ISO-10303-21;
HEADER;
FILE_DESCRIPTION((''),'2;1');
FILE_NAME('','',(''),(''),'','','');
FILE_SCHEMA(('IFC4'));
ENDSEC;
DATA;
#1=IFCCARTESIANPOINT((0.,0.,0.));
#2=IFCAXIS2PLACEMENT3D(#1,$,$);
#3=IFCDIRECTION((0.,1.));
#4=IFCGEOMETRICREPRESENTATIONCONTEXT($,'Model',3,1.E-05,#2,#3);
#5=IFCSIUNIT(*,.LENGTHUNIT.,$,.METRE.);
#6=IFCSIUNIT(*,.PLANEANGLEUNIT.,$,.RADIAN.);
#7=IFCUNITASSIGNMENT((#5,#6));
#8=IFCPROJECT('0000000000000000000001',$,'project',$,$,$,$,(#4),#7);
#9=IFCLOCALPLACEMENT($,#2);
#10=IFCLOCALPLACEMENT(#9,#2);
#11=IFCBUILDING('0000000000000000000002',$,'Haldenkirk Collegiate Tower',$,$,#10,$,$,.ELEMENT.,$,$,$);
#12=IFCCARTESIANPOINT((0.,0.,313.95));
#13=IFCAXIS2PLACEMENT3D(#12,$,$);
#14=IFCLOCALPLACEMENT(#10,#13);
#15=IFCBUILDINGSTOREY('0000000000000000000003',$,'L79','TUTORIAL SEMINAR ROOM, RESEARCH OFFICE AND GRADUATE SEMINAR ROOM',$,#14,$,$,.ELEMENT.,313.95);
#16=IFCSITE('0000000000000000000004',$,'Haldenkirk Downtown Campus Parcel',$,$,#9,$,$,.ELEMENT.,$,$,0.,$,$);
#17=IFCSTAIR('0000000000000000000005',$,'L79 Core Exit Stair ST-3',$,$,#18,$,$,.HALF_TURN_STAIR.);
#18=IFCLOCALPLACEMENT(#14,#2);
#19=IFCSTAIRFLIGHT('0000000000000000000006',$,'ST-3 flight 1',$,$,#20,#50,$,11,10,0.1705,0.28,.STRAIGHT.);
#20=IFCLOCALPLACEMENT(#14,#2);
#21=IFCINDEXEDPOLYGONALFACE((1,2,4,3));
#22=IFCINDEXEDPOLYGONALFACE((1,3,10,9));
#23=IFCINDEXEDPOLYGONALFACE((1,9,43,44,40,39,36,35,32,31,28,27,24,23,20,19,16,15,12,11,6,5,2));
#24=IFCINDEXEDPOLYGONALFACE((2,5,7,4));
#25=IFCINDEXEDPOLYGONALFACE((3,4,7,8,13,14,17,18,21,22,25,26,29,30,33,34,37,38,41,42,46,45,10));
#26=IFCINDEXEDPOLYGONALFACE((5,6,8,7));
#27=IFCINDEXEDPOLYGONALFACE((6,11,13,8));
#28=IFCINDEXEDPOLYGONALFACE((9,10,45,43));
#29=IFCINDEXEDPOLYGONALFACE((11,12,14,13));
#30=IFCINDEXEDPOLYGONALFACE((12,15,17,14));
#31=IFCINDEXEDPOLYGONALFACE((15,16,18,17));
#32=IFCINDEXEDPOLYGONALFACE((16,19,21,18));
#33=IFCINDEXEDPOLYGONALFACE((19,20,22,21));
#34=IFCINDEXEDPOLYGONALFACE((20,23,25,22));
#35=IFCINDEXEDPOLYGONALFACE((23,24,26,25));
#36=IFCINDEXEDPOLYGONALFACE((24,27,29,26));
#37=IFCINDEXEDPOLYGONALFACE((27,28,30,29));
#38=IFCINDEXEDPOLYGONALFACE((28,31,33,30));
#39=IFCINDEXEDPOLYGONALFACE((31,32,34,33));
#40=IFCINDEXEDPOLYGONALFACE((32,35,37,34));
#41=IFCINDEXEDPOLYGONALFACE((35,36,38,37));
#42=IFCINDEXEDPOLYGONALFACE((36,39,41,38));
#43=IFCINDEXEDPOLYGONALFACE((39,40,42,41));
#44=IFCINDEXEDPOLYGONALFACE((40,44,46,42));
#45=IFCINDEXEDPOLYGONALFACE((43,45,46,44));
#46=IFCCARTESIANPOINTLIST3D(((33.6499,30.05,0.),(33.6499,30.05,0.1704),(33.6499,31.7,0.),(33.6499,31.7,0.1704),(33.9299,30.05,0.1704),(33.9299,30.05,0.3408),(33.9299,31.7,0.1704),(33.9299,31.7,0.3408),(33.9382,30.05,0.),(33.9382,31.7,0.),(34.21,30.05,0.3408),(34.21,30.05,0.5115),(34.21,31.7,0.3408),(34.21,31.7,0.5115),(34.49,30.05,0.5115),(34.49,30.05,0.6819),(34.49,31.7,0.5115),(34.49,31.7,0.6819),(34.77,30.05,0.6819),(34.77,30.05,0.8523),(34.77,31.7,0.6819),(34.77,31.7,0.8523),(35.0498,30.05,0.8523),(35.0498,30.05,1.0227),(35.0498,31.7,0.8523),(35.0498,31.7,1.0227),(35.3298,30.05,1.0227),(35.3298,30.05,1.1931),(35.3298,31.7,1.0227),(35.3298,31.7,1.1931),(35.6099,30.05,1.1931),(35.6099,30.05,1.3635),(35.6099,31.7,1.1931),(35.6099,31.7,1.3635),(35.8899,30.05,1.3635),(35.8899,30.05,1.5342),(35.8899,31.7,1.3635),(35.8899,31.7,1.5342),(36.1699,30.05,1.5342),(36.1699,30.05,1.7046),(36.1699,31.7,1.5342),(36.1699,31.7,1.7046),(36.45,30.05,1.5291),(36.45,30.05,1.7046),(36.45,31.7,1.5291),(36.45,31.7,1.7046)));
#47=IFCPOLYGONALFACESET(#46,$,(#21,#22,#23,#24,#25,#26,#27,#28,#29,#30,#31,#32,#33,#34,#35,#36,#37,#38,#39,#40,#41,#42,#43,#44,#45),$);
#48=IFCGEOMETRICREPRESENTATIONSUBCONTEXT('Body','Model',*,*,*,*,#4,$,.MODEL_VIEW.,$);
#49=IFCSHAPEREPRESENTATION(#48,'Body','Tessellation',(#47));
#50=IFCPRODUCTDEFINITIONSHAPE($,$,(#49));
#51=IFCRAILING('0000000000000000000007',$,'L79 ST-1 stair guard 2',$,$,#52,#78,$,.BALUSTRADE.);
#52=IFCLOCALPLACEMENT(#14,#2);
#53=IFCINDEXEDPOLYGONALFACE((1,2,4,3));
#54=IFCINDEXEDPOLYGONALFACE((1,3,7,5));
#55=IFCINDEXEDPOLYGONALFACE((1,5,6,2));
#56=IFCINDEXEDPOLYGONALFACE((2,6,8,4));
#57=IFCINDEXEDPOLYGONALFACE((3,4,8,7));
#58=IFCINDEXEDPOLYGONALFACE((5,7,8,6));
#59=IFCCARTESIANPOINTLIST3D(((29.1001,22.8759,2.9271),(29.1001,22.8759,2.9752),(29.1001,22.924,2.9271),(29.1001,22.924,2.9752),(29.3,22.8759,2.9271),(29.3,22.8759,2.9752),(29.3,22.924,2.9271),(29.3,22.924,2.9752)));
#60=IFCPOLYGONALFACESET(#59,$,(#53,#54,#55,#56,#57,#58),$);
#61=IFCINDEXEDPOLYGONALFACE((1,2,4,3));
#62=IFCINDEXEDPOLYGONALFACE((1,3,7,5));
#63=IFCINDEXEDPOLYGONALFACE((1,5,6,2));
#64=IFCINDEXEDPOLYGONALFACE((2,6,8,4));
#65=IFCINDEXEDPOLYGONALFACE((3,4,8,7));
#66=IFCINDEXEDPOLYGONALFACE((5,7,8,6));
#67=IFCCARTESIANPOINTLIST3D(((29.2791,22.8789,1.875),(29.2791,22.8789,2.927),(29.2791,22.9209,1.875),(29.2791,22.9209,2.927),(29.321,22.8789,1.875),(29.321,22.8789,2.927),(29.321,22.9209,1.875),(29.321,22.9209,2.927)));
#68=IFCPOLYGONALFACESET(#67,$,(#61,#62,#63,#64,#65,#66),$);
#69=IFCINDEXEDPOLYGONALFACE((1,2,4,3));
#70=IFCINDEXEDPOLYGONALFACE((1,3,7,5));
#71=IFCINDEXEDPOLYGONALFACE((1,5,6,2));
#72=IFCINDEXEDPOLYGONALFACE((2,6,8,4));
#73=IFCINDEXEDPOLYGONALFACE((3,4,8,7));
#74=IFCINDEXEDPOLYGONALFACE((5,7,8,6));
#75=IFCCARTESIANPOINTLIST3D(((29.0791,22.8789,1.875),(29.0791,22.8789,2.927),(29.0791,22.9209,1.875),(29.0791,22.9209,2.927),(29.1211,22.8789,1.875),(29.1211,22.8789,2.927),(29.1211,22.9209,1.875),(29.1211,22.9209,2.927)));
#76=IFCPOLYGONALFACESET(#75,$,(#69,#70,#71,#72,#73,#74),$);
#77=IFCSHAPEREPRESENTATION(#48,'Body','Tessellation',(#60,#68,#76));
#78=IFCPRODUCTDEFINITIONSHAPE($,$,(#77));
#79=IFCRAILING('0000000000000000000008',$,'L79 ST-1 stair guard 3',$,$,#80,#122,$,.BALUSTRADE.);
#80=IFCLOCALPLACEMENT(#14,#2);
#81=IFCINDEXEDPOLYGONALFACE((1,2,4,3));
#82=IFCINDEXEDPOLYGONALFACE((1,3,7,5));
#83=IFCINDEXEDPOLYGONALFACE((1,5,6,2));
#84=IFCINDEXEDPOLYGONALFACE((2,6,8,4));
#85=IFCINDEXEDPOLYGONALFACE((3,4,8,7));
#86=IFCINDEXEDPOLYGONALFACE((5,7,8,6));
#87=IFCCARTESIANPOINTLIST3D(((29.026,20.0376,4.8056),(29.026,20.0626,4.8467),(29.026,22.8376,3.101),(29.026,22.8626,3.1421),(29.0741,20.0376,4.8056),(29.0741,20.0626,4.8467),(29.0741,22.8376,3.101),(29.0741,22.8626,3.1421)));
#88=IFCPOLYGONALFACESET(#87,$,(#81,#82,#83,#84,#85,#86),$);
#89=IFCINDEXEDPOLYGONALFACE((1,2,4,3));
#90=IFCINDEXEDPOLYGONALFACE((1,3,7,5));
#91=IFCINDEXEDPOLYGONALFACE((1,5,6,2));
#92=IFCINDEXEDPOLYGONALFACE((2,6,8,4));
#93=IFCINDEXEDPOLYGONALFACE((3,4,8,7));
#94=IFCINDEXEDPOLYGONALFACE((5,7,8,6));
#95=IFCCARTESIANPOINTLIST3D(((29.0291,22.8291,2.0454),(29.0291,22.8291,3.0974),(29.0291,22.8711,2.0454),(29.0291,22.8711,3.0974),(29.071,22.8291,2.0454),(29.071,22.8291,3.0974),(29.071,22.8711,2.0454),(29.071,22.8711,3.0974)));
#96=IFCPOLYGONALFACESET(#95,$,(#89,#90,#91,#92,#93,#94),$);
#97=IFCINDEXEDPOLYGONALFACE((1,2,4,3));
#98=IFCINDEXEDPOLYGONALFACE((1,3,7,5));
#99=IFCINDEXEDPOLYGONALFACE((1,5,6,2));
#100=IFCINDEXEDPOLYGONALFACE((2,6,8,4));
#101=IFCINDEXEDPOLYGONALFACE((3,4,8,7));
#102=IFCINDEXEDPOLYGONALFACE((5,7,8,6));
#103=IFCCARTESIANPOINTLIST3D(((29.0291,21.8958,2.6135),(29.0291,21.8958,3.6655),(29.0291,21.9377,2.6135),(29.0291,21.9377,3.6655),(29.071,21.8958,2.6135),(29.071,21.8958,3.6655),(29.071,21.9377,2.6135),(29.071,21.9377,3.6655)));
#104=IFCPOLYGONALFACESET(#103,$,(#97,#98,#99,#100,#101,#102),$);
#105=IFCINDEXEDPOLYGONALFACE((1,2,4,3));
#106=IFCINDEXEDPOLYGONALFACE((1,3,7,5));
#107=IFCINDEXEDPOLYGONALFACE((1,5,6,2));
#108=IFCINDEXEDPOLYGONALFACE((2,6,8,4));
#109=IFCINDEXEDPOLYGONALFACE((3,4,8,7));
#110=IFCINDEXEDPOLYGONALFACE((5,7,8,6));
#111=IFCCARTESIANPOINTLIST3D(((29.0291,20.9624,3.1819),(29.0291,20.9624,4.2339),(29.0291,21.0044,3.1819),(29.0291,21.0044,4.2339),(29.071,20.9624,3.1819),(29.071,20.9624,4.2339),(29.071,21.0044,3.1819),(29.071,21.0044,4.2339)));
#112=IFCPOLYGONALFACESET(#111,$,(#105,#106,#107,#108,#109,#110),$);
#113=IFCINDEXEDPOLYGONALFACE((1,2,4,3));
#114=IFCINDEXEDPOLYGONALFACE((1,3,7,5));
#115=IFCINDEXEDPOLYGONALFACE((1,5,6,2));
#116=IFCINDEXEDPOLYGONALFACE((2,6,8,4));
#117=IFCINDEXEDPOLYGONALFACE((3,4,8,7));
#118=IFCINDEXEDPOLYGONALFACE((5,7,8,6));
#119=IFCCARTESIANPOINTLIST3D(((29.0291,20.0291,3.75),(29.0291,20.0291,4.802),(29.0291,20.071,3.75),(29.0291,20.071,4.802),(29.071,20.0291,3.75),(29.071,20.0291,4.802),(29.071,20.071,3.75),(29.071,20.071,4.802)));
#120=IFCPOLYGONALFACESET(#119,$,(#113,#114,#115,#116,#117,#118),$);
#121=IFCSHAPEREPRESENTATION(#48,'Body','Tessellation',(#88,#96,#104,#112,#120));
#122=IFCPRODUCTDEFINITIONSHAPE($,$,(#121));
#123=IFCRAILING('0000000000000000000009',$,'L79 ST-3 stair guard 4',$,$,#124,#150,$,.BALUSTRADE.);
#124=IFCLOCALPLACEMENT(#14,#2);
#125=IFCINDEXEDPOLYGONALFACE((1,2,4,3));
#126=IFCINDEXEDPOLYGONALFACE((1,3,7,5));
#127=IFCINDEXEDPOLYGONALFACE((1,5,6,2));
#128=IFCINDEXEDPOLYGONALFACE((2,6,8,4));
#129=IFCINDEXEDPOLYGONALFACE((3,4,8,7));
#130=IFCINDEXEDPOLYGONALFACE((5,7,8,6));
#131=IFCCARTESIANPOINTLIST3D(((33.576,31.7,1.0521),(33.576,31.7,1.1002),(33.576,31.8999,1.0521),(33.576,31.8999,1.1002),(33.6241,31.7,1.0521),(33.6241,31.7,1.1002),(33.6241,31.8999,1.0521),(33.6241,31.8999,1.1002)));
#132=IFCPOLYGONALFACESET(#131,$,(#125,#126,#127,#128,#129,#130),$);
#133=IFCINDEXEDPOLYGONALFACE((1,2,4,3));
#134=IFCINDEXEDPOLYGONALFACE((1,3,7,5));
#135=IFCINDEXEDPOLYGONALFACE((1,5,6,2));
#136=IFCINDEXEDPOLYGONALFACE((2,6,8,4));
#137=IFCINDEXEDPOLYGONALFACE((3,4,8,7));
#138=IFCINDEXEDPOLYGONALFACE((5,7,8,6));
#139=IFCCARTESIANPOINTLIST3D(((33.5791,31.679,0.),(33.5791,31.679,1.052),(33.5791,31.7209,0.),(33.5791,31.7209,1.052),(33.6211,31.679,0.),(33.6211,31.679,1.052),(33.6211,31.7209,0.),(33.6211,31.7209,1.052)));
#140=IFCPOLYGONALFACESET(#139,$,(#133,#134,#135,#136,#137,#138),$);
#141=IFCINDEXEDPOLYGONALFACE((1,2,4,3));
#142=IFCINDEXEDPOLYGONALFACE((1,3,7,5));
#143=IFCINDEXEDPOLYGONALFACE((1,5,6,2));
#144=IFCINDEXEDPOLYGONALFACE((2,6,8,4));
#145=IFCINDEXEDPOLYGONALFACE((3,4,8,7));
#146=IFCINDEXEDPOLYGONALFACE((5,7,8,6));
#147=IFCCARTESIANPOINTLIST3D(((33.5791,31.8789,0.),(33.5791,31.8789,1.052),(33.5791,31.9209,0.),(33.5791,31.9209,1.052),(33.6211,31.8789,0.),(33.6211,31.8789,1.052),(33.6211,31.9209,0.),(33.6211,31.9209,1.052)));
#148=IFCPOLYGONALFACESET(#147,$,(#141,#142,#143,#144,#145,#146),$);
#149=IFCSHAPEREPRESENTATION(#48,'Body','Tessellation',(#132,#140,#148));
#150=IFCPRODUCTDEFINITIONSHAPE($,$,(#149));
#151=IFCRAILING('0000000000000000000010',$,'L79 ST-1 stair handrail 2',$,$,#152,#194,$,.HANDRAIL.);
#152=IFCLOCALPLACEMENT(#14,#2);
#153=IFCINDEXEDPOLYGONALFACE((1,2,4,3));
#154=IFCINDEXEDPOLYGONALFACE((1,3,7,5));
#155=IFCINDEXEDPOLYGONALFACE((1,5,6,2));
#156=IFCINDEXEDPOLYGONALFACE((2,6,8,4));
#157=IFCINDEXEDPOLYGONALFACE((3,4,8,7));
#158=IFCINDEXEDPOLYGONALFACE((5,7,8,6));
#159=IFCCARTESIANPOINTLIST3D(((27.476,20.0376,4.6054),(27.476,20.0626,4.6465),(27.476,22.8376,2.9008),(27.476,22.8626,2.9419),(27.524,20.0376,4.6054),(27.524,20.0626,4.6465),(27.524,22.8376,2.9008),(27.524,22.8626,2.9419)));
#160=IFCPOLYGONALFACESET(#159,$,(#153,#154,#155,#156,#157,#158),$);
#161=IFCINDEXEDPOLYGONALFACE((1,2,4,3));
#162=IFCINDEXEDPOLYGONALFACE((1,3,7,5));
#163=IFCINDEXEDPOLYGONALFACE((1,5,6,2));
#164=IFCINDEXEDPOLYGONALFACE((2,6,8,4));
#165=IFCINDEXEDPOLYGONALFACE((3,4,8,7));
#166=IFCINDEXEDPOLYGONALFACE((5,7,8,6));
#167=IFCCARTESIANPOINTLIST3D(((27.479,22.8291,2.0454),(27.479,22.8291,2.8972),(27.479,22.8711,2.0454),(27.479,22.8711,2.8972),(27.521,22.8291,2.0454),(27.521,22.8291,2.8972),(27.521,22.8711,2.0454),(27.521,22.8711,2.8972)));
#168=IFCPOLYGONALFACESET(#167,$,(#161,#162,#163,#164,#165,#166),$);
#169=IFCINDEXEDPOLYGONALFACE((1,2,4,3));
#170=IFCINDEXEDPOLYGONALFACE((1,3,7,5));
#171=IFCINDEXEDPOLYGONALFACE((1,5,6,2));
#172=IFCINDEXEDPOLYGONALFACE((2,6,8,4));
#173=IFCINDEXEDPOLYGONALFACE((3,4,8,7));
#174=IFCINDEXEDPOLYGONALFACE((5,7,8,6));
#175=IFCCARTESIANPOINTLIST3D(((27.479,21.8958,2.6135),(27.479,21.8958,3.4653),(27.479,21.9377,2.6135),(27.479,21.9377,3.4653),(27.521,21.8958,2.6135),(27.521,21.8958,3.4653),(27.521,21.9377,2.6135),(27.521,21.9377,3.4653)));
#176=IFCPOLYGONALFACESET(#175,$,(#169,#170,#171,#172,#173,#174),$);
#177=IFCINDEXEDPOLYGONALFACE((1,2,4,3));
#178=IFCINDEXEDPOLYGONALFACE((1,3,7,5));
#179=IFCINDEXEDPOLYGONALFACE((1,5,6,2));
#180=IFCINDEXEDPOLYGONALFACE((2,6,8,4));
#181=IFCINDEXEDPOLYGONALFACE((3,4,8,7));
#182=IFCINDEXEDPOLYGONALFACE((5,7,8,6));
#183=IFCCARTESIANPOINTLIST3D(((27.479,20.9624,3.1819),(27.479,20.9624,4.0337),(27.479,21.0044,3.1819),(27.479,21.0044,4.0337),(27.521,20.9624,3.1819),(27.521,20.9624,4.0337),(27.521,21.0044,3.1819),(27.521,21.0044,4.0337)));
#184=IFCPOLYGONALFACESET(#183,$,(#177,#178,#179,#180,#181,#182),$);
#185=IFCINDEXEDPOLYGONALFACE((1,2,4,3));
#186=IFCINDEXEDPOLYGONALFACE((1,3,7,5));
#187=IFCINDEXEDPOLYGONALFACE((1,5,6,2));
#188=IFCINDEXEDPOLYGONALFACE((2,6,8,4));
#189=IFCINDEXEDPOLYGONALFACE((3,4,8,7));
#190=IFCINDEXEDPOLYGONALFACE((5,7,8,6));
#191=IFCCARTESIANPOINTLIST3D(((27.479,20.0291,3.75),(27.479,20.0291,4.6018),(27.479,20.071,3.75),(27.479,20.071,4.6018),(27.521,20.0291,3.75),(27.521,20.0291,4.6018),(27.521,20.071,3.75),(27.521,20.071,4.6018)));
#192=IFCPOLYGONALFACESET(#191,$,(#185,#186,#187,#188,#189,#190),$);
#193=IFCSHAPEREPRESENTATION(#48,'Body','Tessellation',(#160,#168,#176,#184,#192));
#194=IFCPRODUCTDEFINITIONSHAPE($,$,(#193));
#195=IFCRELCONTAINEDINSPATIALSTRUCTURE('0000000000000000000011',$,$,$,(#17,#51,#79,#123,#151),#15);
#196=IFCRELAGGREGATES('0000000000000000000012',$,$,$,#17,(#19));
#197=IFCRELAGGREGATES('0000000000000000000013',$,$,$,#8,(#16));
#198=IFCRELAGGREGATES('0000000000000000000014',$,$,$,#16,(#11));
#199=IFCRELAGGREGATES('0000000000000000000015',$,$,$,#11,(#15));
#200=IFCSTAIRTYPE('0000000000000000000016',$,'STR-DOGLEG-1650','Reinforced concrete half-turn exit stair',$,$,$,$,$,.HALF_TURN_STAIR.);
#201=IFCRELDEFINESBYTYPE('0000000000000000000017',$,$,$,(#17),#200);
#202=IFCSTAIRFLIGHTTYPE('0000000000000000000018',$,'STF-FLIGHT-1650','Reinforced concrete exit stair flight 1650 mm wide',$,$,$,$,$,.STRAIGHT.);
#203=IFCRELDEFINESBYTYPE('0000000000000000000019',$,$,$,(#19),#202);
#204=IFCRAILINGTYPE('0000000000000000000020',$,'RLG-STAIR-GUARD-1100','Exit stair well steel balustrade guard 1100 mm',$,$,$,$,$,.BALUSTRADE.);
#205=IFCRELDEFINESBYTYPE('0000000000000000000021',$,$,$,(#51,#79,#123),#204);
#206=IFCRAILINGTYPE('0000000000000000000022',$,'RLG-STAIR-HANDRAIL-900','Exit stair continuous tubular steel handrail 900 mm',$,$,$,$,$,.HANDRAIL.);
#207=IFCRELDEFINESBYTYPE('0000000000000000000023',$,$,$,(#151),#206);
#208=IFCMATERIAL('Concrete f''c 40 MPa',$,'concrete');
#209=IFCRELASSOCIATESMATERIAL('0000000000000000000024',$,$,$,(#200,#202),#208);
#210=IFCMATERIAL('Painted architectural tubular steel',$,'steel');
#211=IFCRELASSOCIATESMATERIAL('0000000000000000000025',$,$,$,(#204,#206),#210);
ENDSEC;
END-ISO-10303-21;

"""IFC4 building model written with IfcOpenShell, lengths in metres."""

from ifc_helpers import new_model, si_unit, direction, frame, origin, origin_2d, place, context, subcontext, project, spatial, polyline, rectangle, outline, extrude, material, type_object, element, aggregate, save


model = new_model("IFC4")

# Units and contexts
model_context = context("Model", 3, precision=1e-05, world=origin(), true_north=direction((0.0, 1.0)))
body_context = subcontext(model_context, "Body", "Model", "MODEL_VIEW")
ifc_project = project(units=[si_unit("LENGTHUNIT", "METRE"), si_unit("PLANEANGLEUNIT", "RADIAN")], contexts=[model_context])

# Site, building, storey
site_placement = place(None, origin())
site = spatial("IfcSite", under=ifc_project, at=site_placement, Name="Haldenkirk Downtown Campus Parcel", CompositionType="ELEMENT", RefElevation=0.0)
building_placement = place(site_placement, origin())
building = spatial("IfcBuilding", under=site, at=building_placement, Name="Haldenkirk Collegiate Tower", CompositionType="ELEMENT")
storey_placement = place(building_placement, frame((0.0, 0.0, 313.95)))
storey = spatial("IfcBuildingStorey", under=building, at=storey_placement, Name="L79", Description="TUTORIAL SEMINAR ROOM, RESEARCH OFFICE AND GRADUATE SEMINAR ROOM", CompositionType="ELEMENT", Elevation=313.95)

# Stair, stair flight
ifc_material_1 = material(Name="Concrete f'c 40 MPa", Category="concrete")
stair_type = type_object("IfcStairType", Name="STR-DOGLEG-1650", Description="Reinforced concrete half-turn exit stair", PredefinedType="HALF_TURN_STAIR", material=ifc_material_1)
stair_flight_type = type_object("IfcStairFlightType", Name="STF-FLIGHT-1650", Description="Reinforced concrete exit stair flight 1650 mm wide", PredefinedType="STRAIGHT", material=ifc_material_1)
stair_1_placement = place(storey_placement, origin())
stair_1 = element("IfcStair", 1, at=stair_1_placement, inside=storey, type_object=stair_type, Name="L79 Core Exit Stair ST-3", PredefinedType="HALF_TURN_STAIR")
stair_flight_1_placement = place(storey_placement, frame((33.6499, 30.875, 0.0), z_axis=(0.0, 0.0, 1.0), x_axis=(1.0, 0.0, 0.0)))
stair_flight_1 = element("IfcStairFlight", 2, at=stair_flight_1_placement, type_object=stair_flight_type, Name="ST-3 flight 1", NumberOfRisers=11, NumberOfTreads=10, PredefinedType="STRAIGHT", RiserHeight=0.1705, TreadLength=0.28, context=body_context, shape_type="SweptSolid", body=[
    extrude(outline(polyline([(0.0, 0.0), (0.0, 0.1704), (0.28, 0.1704), (0.28, 0.3408), (0.5601, 0.3408), (0.5601, 0.5115), (0.8401, 0.5115), (0.8401, 0.6819), (1.1201, 0.6819), (1.1201, 0.8523), (1.3999, 0.8523), (1.3999, 1.0227), (1.6799, 1.0227), (1.6799, 1.1931), (1.96, 1.1931), (1.96, 1.3635), (2.24, 1.3635), (2.24, 1.5342), (2.52, 1.5342), (2.52, 1.7046), (2.8, 1.7046), (2.8, 1.875), (2.8, 1.5291), (0.2883, 0.0), (0.0, 0.0)])), frame((0.0, 0.825, 0.0), z_axis=(0.0, -1.0, 0.0), x_axis=(1.0, 0.0, 0.0)), (0.0, 0.0, 1.0), 1.6499),
])
aggregate(stair_1, [stair_flight_1])

# Railings
ifc_material_2 = material(Name="Painted architectural tubular steel", Category="steel")
railing_type_1 = type_object("IfcRailingType", Name="RLG-STAIR-GUARD-1100", Description="Exit stair well steel balustrade guard 1100 mm", PredefinedType="BALUSTRADE", material=ifc_material_2)
railing_1_placement = place(storey_placement, frame((29.3, 22.8999, 1.875)))
element("IfcRailing", 3, at=railing_1_placement, inside=storey, type_object=railing_type_1, Name="L79 ST-1 stair guard 2", PredefinedType="BALUSTRADE", context=body_context, shape_type="SweptSolid", body=[
    extrude(rectangle(XDim=0.0481, YDim=0.0481, at=origin_2d()), frame((0.0, 0.0, 1.0762), z_axis=(-1.0, 0.0, 0.0), x_axis=(0.0, -1.0, 0.0)), (0.0, 0.0, 1.0), 0.2),
    extrude(rectangle(XDim=0.042, YDim=0.042, at=origin_2d()), origin(), (0.0, 0.0, 1.0), 1.052),
    extrude(rectangle(XDim=0.042, YDim=0.042, at=origin_2d()), frame((-0.2, 0.0, 0.0)), (0.0, 0.0, 1.0), 1.052),
])
railing_2_placement = place(storey_placement, frame((29.05, 22.8501, 2.0454)))
element("IfcRailing", 4, at=railing_2_placement, inside=storey, type_object=railing_type_1, Name="L79 ST-1 stair guard 3", PredefinedType="BALUSTRADE", context=body_context, shape_type="SweptSolid", body=[
    extrude(rectangle(XDim=0.0481, YDim=0.0481, at=origin_2d()), frame((0.0, 0.0, 1.0762), z_axis=(0.0, -0.85417, 0.519994), x_axis=(1.0, 0.0, 0.0)), (0.0, 0.0, 1.0), 3.2781),
    extrude(rectangle(XDim=0.042, YDim=0.042, at=origin_2d()), origin(), (0.0, 0.0, 1.0), 1.052),
    extrude(rectangle(XDim=0.042, YDim=0.042, at=origin_2d()), frame((0.0, -0.9333, 0.5681)), (0.0, 0.0, 1.0), 1.052),
    extrude(rectangle(XDim=0.042, YDim=0.042, at=origin_2d()), frame((0.0, -1.8667, 1.1365)), (0.0, 0.0, 1.0), 1.052),
    extrude(rectangle(XDim=0.042, YDim=0.042, at=origin_2d()), frame((0.0, -2.8, 1.7046)), (0.0, 0.0, 1.0), 1.052),
])
railing_3_placement = place(storey_placement, frame((33.6001, 31.7, 0.0)))
element("IfcRailing", 5, at=railing_3_placement, inside=storey, type_object=railing_type_1, Name="L79 ST-3 stair guard 4", PredefinedType="BALUSTRADE", context=body_context, shape_type="SweptSolid", body=[
    extrude(rectangle(XDim=0.0481, YDim=0.0481, at=origin_2d()), frame((0.0, 0.0, 1.0762), z_axis=(0.0, 1.0, 0.0), x_axis=(-1.0, 0.0, 0.0)), (0.0, 0.0, 1.0), 0.2),
    extrude(rectangle(XDim=0.042, YDim=0.042, at=origin_2d()), origin(), (0.0, 0.0, 1.0), 1.052),
    extrude(rectangle(XDim=0.042, YDim=0.042, at=origin_2d()), frame((0.0, 0.2, 0.0)), (0.0, 0.0, 1.0), 1.052),
])
railing_type_2 = type_object("IfcRailingType", Name="RLG-STAIR-HANDRAIL-900", Description="Exit stair continuous tubular steel handrail 900 mm", PredefinedType="HANDRAIL", material=ifc_material_2)
railing_4_placement = place(storey_placement, frame((27.5, 22.8501, 2.0454)))
element("IfcRailing", 6, at=railing_4_placement, inside=storey, type_object=railing_type_2, Name="L79 ST-1 stair handrail 2", PredefinedType="HANDRAIL", context=body_context, shape_type="SweptSolid", body=[
    extrude(rectangle(XDim=0.0481, YDim=0.0481, at=origin_2d()), frame((0.0, 0.0, 0.876), z_axis=(0.0, -0.85417, 0.519994), x_axis=(1.0, 0.0, 0.0)), (0.0, 0.0, 1.0), 3.2781),
    extrude(rectangle(XDim=0.042, YDim=0.042, at=origin_2d()), origin(), (0.0, 0.0, 1.0), 0.8518),
    extrude(rectangle(XDim=0.042, YDim=0.042, at=origin_2d()), frame((0.0, -0.9333, 0.5681)), (0.0, 0.0, 1.0), 0.8518),
    extrude(rectangle(XDim=0.042, YDim=0.042, at=origin_2d()), frame((0.0, -1.8667, 1.1365)), (0.0, 0.0, 1.0), 0.8518),
    extrude(rectangle(XDim=0.042, YDim=0.042, at=origin_2d()), frame((0.0, -2.8, 1.7046)), (0.0, 0.0, 1.0), 0.8518),
])

save(model, "model.ifc")
